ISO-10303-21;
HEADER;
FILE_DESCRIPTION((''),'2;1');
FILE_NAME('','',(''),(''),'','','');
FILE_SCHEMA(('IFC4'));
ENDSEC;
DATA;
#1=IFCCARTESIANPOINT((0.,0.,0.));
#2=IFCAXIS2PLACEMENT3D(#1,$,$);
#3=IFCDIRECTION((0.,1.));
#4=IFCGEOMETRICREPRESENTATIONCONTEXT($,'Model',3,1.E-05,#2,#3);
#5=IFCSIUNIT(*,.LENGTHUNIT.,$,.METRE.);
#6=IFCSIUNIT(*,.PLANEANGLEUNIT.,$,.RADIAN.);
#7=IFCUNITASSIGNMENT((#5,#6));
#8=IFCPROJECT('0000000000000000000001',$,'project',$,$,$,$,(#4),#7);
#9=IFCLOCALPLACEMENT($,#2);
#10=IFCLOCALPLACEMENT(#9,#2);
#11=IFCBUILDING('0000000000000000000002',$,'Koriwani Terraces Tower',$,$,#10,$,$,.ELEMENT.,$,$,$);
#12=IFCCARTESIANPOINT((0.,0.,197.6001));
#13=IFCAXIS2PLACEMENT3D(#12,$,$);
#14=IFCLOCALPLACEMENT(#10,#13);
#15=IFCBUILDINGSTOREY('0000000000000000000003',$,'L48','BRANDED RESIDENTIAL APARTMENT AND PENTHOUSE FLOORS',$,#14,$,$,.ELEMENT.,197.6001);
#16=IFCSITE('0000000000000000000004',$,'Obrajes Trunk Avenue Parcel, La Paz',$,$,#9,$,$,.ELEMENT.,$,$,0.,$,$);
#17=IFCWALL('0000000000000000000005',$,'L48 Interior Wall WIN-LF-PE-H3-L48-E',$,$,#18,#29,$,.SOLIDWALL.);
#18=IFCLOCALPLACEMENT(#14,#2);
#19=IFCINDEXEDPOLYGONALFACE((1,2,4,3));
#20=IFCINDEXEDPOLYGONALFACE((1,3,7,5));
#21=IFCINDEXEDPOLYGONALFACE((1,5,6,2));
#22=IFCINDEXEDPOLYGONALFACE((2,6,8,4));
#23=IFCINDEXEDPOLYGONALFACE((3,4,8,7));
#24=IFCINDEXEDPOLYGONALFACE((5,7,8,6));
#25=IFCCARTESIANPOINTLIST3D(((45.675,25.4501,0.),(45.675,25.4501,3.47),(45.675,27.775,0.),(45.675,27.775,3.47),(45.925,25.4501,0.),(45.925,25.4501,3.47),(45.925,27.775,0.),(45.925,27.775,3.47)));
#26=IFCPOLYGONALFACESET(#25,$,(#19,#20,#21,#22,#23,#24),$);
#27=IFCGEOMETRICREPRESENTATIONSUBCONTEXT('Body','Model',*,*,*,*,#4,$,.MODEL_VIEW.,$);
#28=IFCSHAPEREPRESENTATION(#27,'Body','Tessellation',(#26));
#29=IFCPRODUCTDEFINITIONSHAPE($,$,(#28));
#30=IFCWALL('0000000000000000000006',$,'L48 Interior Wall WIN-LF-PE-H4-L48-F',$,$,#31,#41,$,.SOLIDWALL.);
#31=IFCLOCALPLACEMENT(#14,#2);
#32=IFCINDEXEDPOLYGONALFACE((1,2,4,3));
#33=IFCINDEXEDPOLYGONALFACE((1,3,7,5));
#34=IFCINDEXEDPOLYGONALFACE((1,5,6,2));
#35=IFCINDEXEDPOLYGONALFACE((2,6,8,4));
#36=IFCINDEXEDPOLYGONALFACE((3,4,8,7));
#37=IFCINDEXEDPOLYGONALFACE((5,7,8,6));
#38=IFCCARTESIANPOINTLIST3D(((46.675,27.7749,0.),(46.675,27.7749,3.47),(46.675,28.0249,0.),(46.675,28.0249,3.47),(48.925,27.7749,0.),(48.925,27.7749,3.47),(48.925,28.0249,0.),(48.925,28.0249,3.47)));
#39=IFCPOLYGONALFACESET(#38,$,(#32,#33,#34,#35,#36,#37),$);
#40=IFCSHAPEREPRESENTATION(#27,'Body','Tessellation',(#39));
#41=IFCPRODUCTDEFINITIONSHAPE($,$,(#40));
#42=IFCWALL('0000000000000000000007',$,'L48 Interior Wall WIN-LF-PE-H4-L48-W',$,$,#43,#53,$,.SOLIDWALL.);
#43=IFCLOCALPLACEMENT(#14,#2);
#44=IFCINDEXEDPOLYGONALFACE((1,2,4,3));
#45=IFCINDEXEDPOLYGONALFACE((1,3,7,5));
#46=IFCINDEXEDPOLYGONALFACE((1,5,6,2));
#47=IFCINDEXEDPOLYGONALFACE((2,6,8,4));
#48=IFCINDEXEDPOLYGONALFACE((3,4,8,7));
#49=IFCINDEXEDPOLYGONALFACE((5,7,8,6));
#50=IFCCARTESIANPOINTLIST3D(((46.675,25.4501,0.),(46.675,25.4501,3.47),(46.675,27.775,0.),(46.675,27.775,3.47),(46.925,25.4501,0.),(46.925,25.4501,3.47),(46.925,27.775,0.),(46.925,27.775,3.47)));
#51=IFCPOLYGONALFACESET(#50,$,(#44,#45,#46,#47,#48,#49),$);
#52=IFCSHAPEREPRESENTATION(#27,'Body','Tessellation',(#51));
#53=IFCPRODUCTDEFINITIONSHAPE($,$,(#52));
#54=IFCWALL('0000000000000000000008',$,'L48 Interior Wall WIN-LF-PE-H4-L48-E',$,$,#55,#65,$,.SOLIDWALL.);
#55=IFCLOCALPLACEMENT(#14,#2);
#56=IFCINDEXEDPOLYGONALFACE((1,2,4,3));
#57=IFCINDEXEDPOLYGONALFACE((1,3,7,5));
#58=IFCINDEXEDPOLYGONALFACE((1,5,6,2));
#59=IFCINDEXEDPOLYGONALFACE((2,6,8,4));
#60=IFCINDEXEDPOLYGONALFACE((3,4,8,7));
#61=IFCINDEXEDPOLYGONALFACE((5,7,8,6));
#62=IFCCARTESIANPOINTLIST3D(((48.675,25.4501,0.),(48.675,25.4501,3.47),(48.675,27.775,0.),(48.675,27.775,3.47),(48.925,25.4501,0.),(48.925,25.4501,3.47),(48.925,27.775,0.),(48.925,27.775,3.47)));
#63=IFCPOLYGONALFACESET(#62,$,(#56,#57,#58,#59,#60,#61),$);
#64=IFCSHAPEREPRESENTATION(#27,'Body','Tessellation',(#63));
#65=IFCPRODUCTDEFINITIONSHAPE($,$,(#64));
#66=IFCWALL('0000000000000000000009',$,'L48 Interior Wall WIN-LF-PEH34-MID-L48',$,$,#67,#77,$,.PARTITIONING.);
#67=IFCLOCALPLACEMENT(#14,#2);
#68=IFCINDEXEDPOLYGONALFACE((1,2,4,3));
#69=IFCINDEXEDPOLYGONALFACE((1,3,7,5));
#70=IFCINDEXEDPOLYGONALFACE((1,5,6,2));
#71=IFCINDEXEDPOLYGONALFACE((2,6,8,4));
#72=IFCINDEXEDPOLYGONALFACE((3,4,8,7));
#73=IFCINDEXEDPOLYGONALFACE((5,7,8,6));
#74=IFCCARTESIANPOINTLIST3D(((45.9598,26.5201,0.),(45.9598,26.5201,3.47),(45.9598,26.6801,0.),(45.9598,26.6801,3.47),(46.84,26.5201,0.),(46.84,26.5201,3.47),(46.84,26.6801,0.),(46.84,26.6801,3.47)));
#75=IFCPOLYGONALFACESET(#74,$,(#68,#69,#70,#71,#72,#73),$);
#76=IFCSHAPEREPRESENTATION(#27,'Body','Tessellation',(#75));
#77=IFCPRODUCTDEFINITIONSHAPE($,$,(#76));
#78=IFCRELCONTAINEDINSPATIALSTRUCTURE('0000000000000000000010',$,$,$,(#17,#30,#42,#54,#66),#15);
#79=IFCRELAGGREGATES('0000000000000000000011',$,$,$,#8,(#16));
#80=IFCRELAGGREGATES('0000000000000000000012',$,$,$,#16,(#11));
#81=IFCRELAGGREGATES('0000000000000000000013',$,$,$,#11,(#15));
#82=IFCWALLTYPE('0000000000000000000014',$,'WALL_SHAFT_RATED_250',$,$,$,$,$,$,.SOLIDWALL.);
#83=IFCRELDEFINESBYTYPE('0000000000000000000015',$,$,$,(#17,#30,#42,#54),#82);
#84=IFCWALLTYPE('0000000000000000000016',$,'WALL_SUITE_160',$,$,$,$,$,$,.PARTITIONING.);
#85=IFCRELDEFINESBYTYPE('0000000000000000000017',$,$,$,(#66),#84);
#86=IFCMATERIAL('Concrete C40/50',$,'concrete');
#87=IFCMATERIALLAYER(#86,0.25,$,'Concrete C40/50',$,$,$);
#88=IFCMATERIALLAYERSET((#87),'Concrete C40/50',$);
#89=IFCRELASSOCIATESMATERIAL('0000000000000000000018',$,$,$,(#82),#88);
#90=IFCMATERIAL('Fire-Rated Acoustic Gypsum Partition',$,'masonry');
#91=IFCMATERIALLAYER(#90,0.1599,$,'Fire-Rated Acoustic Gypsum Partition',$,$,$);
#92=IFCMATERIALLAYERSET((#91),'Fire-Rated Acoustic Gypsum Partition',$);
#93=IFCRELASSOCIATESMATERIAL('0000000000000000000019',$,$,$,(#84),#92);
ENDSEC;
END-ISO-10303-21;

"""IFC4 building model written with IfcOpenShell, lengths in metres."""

from ifc_helpers import new_model, si_unit, direction, frame, frame_2d, origin, place, context, subcontext, project, spatial, rectangle, extrude, material, layer, layer_set, type_object, element, save


model = new_model("IFC4")

# Units and contexts
model_context = context("Model", 3, precision=1e-05, world=origin(), true_north=direction((0.0, 1.0)))
body_context = subcontext(model_context, "Body", "Model", "MODEL_VIEW")
ifc_project = project(units=[si_unit("LENGTHUNIT", "METRE"), si_unit("PLANEANGLEUNIT", "RADIAN")], contexts=[model_context])

# Site, building, storey
site_placement = place(None, origin())
site = spatial("IfcSite", under=ifc_project, at=site_placement, Name="Obrajes Trunk Avenue Parcel, La Paz", CompositionType="ELEMENT", RefElevation=0.0)
building_placement = place(site_placement, origin())
building = spatial("IfcBuilding", under=site, at=building_placement, Name="Koriwani Terraces Tower", CompositionType="ELEMENT")
storey_placement = place(building_placement, frame((0.0, 0.0, 197.6001)))
storey = spatial("IfcBuildingStorey", under=building, at=storey_placement, Name="L48", Description="BRANDED RESIDENTIAL APARTMENT AND PENTHOUSE FLOORS", CompositionType="ELEMENT", Elevation=197.6001)

# Shared definitions
ifc_material_1 = material(Name="Concrete C40/50", Category="concrete")
ifc_layer_1 = layer(ifc_material_1, 0.25, Name="Concrete C40/50")
ifc_layer_set_1 = layer_set([ifc_layer_1], Name="Concrete C40/50")
wall_type_1 = type_object("IfcWallType", Name="WALL_SHAFT_RATED_250", PredefinedType="SOLIDWALL", material=ifc_layer_set_1)

# Walls
for number, where, z_axis, x_axis, name in (
    (1, (45.8, 25.45, 0.0), (0.0, 0.0, 1.0), (0.0, 1.0, 0.0), "L48 Interior Wall WIN-LF-PE-H3-L48-E"),
):
    element("IfcWall", number, at=place(storey_placement, frame(where, z_axis=z_axis, x_axis=x_axis)), inside=storey, type_object=wall_type_1, Name=name, PredefinedType="SOLIDWALL", context=body_context, shape_type="SweptSolid", body=[
        extrude(rectangle(XDim=2.325, YDim=0.25, at=frame_2d((1.1626, 0.0))), origin(), (0.0, 0.0, 1.0), 3.47),
    ])
wall_1_placement = place(storey_placement, frame((46.675, 27.8999, 0.0), z_axis=(0.0, 0.0, 1.0), x_axis=(1.0, 0.0, 0.0)))
element("IfcWall", 2, at=wall_1_placement, inside=storey, type_object=wall_type_1, Name="L48 Interior Wall WIN-LF-PE-H4-L48-F", PredefinedType="SOLIDWALL", context=body_context, shape_type="SweptSolid", body=[
    extrude(rectangle(XDim=2.25, YDim=0.25, at=frame_2d((1.125, 0.0))), origin(), (0.0, 0.0, 1.0), 3.47),
])
for number, where, z_axis, x_axis, name in (
    (3, (46.8, 25.45, 0.0), (0.0, 0.0, 1.0), (0.0, 1.0, 0.0), "L48 Interior Wall WIN-LF-PE-H4-L48-W"),
    (4, (48.8, 25.45, 0.0), (0.0, 0.0, 1.0), (0.0, 1.0, 0.0), "L48 Interior Wall WIN-LF-PE-H4-L48-E"),
):
    element("IfcWall", number, at=place(storey_placement, frame(where, z_axis=z_axis, x_axis=x_axis)), inside=storey, type_object=wall_type_1, Name=name, PredefinedType="SOLIDWALL", context=body_context, shape_type="SweptSolid", body=[
        extrude(rectangle(XDim=2.325, YDim=0.25, at=frame_2d((1.1626, 0.0))), origin(), (0.0, 0.0, 1.0), 3.47),
    ])
ifc_material_2 = material(Name="Fire-Rated Acoustic Gypsum Partition", Category="masonry")
ifc_layer_2 = layer(ifc_material_2, 0.1599, Name="Fire-Rated Acoustic Gypsum Partition")
ifc_layer_set_2 = layer_set([ifc_layer_2], Name="Fire-Rated Acoustic Gypsum Partition")
wall_type_2 = type_object("IfcWallType", Name="WALL_SUITE_160", PredefinedType="PARTITIONING", material=ifc_layer_set_2)
wall_2_placement = place(storey_placement, frame((45.96, 26.6001, 0.0), z_axis=(0.0, 0.0, 1.0), x_axis=(1.0, 0.0, 0.0)))
element("IfcWall", 5, at=wall_2_placement, inside=storey, type_object=wall_type_2, Name="L48 Interior Wall WIN-LF-PEH34-MID-L48", PredefinedType="PARTITIONING", context=body_context, shape_type="SweptSolid", body=[
    extrude(rectangle(XDim=0.8801, YDim=0.1599, at=frame_2d((0.4399, 0.0))), origin(), (0.0, 0.0, 1.0), 3.47),
])

save(model, "model.ifc")
